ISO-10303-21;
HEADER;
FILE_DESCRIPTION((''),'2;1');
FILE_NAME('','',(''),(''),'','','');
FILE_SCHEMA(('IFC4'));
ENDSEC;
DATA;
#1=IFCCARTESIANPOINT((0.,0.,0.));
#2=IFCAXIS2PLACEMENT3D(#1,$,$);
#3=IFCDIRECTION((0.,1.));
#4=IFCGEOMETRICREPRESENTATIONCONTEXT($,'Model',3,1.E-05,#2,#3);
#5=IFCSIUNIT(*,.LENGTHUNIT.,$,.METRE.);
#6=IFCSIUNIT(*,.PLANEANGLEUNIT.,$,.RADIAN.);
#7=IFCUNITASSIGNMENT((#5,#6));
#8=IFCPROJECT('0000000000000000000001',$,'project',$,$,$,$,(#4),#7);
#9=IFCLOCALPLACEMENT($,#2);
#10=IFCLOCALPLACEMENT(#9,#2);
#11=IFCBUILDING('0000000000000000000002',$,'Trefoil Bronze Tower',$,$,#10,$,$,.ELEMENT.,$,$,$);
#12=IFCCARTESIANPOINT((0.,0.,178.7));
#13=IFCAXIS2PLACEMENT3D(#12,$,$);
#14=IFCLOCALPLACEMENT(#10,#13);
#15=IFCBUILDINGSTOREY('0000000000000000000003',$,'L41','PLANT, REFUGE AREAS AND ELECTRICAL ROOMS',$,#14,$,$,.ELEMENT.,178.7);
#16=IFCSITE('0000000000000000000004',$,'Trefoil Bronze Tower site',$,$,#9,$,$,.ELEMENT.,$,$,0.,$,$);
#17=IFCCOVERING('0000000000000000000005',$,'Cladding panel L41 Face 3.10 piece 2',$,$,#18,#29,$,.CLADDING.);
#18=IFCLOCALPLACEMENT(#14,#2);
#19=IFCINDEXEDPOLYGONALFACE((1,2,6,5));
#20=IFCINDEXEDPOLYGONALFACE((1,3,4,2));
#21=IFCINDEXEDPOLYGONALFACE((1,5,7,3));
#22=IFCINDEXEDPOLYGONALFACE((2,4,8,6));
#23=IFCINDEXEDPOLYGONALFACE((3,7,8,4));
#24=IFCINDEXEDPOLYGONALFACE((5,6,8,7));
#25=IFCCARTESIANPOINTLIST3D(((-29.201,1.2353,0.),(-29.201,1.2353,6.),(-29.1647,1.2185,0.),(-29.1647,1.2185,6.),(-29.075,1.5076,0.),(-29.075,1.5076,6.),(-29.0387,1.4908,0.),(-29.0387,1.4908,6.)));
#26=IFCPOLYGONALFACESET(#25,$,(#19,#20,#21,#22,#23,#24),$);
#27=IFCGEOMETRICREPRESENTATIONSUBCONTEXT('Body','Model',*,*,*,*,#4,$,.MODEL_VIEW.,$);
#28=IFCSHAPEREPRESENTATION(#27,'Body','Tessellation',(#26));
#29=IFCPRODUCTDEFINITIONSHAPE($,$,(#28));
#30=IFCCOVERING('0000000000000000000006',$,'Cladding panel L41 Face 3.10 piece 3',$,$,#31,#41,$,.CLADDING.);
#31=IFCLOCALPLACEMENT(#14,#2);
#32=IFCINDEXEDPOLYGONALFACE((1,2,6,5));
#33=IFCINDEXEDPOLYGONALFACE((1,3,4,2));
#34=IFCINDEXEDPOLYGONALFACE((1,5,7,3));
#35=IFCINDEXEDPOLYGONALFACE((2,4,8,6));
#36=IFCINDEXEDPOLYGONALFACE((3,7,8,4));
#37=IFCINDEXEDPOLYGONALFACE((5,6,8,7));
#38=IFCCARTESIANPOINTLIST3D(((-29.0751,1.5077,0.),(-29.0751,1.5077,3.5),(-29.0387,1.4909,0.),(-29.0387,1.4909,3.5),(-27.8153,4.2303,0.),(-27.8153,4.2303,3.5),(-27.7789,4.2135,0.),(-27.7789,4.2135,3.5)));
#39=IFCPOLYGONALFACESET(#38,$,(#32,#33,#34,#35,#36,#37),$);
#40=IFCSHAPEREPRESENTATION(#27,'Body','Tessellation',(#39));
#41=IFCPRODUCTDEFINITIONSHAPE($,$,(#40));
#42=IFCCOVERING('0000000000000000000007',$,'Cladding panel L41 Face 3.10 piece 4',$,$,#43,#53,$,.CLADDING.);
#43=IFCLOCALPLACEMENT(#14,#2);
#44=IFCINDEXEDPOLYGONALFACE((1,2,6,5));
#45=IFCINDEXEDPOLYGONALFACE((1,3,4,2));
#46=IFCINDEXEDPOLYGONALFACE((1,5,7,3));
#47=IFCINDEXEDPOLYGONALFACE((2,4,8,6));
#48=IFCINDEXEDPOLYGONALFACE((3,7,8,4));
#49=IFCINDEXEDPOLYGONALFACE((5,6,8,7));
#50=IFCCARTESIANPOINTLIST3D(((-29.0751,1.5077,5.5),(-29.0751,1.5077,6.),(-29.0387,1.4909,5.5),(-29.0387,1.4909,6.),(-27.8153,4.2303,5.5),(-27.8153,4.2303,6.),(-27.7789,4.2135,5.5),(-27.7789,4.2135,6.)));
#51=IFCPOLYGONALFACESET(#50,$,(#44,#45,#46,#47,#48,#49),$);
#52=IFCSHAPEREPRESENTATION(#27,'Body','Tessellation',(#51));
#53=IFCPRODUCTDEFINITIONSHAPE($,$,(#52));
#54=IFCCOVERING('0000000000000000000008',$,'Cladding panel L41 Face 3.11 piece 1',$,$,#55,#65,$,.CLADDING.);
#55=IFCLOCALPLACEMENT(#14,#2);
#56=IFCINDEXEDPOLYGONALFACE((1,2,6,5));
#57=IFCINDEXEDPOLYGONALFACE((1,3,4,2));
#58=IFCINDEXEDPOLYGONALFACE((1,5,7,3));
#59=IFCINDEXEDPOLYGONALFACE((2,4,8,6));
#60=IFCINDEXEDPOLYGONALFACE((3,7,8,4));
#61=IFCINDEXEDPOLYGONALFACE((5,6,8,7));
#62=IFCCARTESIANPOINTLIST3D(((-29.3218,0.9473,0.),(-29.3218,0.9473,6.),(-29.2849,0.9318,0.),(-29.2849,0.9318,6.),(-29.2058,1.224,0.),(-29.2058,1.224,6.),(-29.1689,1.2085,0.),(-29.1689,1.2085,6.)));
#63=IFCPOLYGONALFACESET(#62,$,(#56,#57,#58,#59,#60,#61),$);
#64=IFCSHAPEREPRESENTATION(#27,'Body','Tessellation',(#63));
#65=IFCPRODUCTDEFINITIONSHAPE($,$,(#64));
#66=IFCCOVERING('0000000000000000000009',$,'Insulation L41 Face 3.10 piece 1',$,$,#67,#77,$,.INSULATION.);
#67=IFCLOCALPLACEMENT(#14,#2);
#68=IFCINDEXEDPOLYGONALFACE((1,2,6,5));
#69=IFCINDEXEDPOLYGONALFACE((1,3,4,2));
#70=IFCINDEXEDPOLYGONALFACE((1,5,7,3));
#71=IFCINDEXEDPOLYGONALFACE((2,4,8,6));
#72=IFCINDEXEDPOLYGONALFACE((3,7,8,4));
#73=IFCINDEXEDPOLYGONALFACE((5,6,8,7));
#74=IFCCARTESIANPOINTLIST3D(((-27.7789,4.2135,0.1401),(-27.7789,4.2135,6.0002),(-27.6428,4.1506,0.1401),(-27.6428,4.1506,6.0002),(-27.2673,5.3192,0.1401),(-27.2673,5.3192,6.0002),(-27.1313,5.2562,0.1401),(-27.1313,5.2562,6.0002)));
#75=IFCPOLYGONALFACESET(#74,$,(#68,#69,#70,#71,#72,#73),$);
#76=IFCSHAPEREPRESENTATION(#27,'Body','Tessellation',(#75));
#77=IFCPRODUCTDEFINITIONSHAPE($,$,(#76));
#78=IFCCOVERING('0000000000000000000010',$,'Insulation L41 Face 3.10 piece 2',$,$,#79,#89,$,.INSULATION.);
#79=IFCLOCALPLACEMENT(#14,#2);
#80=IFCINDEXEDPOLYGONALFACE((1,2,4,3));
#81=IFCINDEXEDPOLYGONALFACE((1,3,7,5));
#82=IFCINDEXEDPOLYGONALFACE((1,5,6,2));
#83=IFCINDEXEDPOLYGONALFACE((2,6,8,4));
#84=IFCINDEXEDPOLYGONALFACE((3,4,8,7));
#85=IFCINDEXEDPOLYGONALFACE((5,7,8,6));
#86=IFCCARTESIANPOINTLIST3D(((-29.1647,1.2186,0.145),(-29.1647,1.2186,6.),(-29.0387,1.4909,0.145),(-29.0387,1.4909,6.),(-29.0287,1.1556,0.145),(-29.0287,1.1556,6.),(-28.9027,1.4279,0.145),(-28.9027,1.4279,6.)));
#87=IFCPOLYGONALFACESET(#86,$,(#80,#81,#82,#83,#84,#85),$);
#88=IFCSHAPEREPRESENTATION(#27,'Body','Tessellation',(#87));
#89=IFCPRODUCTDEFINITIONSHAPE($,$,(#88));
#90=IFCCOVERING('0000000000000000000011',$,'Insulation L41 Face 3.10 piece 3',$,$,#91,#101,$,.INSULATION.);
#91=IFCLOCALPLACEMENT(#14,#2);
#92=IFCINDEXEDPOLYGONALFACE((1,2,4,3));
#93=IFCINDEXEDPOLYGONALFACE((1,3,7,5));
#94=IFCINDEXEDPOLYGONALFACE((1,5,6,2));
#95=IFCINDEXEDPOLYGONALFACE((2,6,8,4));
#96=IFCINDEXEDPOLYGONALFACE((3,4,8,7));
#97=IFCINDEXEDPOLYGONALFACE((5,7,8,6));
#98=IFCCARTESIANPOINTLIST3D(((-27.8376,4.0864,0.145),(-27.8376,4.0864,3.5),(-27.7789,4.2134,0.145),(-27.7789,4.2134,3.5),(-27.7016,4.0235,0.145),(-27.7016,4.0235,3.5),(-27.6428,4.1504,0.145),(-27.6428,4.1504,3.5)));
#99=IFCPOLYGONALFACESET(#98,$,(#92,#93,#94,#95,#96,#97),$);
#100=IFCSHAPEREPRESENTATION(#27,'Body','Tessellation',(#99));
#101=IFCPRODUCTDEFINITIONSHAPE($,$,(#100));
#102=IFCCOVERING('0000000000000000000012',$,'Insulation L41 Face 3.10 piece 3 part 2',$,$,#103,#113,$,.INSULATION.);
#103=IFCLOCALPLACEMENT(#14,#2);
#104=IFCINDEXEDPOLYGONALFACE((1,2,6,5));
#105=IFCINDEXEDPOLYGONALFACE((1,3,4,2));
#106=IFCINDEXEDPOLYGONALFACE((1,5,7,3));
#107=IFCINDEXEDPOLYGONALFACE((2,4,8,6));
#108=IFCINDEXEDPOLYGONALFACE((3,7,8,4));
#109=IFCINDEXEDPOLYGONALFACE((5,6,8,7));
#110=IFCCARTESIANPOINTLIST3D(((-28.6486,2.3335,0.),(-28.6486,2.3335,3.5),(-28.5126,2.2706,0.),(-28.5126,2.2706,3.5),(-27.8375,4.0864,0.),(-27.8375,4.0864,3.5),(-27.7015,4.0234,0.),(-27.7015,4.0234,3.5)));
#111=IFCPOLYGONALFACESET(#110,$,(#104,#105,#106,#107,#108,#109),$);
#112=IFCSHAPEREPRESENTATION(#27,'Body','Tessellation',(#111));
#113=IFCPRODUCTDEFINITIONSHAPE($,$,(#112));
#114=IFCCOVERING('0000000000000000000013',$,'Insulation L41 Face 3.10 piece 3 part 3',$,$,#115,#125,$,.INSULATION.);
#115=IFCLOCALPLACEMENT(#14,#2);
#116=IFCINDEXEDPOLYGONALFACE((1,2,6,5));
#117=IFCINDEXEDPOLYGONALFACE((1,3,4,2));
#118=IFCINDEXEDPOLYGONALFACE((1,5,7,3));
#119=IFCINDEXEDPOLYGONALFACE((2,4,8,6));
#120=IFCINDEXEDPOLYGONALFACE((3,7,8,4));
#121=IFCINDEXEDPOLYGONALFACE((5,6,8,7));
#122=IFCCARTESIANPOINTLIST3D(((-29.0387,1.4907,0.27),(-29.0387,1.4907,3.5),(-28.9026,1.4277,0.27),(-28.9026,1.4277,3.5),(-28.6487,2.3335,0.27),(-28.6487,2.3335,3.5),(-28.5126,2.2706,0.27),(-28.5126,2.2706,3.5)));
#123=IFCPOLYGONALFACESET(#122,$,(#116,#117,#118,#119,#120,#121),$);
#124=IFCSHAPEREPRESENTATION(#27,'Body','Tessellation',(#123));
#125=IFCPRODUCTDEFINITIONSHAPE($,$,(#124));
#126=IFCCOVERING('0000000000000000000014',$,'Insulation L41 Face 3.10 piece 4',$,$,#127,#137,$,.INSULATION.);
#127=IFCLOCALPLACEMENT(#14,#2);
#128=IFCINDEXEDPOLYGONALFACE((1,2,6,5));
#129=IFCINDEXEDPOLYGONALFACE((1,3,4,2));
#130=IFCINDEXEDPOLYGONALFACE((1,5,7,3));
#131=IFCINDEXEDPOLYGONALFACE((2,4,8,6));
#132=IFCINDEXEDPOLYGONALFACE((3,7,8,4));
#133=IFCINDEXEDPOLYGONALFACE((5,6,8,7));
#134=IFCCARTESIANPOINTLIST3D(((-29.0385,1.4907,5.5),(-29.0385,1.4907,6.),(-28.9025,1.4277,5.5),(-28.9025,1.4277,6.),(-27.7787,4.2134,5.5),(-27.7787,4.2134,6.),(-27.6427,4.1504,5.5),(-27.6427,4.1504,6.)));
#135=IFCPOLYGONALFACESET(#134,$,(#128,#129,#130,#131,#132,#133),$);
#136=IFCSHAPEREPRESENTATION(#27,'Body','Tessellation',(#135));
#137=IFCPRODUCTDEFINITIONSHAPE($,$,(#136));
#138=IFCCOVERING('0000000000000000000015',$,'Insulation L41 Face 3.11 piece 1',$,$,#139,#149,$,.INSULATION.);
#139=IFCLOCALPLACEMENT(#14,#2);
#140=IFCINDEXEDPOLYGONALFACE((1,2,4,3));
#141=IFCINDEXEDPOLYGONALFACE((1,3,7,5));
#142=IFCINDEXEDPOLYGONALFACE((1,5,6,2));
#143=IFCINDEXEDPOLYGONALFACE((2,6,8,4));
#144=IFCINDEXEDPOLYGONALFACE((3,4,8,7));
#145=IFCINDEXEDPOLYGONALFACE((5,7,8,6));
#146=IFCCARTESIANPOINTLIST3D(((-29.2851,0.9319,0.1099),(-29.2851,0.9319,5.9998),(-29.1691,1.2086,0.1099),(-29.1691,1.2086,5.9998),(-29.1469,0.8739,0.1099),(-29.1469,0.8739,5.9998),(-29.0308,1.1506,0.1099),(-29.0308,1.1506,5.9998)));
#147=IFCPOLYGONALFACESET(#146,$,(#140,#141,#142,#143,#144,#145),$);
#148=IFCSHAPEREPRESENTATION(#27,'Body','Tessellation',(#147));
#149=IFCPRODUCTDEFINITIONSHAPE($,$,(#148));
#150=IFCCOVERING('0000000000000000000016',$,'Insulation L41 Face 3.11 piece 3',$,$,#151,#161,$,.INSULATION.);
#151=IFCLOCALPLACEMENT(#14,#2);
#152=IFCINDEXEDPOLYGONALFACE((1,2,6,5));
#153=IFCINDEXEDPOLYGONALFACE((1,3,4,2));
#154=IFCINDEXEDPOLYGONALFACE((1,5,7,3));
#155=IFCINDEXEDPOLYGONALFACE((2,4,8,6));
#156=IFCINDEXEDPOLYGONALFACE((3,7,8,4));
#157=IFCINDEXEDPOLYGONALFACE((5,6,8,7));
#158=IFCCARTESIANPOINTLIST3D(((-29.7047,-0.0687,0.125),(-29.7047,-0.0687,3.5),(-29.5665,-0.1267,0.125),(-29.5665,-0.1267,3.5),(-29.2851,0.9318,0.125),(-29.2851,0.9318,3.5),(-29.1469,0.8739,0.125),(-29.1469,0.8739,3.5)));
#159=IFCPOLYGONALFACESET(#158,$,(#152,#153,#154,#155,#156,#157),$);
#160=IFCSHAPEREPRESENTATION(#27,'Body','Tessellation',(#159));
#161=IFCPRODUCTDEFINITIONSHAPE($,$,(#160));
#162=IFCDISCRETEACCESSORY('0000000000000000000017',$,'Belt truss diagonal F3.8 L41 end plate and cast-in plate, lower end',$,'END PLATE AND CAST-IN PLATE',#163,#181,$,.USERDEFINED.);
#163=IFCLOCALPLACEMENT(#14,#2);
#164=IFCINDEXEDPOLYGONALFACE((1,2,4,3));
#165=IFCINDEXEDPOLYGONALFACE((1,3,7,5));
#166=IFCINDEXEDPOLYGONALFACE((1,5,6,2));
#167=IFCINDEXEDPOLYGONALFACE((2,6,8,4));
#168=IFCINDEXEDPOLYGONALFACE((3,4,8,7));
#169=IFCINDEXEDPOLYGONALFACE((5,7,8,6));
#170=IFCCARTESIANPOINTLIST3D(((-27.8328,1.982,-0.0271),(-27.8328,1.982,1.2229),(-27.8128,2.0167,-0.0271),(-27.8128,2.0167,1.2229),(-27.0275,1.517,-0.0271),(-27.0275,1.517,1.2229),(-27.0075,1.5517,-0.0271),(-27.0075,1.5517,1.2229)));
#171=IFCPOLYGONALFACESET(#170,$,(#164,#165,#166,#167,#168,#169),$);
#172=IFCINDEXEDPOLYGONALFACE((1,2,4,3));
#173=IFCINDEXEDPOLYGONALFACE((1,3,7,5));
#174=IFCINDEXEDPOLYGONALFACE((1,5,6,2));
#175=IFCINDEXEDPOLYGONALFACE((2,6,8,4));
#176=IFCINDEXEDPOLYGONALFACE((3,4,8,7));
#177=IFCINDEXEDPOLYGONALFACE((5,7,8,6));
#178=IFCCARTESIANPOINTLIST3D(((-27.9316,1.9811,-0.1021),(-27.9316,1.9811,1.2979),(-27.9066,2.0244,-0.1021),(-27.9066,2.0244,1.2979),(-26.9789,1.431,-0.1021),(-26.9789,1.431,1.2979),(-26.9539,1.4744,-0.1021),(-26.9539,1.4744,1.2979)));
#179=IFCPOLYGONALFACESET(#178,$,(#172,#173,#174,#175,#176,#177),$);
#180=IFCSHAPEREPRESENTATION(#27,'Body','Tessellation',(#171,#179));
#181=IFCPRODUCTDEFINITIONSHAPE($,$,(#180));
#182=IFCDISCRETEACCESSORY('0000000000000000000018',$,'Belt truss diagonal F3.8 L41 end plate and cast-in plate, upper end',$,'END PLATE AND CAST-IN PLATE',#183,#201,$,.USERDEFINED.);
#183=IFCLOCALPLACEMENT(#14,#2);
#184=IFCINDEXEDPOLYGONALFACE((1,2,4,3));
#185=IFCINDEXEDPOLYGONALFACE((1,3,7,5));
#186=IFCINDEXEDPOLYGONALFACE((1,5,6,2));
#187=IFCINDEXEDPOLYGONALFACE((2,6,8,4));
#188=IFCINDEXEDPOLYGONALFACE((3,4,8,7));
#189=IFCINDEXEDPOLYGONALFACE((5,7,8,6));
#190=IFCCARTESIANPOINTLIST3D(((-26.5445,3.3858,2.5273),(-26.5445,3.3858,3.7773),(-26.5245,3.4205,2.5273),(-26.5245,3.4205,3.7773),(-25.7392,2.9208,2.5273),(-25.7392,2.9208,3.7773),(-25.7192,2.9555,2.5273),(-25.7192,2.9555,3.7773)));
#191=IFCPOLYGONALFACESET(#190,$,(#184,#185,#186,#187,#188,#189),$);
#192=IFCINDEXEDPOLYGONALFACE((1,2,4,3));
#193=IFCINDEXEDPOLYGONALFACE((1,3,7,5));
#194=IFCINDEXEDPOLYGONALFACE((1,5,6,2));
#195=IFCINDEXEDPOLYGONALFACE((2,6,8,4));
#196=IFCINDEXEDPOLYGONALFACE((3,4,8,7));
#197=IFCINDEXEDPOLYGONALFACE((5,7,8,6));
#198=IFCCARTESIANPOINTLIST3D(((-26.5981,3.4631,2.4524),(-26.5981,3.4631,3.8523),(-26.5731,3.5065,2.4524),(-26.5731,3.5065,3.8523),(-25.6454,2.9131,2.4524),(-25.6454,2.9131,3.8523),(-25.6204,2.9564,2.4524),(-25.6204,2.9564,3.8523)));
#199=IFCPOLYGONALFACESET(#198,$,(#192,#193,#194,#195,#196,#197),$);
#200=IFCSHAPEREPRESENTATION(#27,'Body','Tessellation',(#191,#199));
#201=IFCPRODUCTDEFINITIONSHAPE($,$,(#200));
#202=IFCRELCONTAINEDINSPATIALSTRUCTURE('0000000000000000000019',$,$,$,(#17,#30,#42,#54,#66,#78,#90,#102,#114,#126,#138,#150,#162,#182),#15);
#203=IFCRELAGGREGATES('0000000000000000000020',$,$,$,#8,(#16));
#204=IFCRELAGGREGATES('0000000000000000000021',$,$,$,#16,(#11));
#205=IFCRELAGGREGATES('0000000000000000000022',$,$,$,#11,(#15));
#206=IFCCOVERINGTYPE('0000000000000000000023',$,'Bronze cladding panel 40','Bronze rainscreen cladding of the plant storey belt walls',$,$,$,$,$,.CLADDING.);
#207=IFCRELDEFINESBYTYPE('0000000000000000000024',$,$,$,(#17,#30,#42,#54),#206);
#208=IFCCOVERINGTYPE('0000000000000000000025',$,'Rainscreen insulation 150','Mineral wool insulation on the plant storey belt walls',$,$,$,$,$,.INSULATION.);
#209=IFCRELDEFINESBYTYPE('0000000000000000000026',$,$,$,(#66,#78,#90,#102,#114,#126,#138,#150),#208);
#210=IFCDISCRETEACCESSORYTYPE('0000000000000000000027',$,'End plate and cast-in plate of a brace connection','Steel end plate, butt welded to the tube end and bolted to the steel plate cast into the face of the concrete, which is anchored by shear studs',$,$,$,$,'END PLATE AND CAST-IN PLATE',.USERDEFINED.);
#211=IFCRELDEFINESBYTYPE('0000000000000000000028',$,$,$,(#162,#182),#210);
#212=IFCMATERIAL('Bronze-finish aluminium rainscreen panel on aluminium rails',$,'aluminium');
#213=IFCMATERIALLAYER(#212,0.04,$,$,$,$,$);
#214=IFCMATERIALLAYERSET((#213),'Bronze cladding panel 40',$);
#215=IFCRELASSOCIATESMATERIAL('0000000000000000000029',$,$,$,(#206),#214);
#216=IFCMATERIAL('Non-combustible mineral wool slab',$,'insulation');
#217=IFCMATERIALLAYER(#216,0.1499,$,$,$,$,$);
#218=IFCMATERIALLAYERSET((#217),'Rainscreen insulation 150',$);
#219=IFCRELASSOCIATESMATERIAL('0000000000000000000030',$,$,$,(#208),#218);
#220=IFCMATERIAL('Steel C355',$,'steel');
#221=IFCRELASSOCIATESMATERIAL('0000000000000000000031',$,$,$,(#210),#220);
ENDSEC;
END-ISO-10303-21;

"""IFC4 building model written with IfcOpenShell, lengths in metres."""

from ifc_helpers import new_model, si_unit, direction, frame, origin, origin_2d, place, context, subcontext, project, spatial, rectangle, extrude, material, layer, layer_set, type_object, element, save


model = new_model("IFC4")

# Units and contexts
model_context = context("Model", 3, precision=1e-05, world=origin(), true_north=direction((0.0, 1.0)))
body_context = subcontext(model_context, "Body", "Model", "MODEL_VIEW")
ifc_project = project(units=[si_unit("LENGTHUNIT", "METRE"), si_unit("PLANEANGLEUNIT", "RADIAN")], contexts=[model_context])

# Site, building, storey
site_placement = place(None, origin())
site = spatial("IfcSite", under=ifc_project, at=site_placement, Name="Trefoil Bronze Tower site", CompositionType="ELEMENT", RefElevation=0.0)
building_placement = place(site_placement, origin())
building = spatial("IfcBuilding", under=site, at=building_placement, Name="Trefoil Bronze Tower", CompositionType="ELEMENT")
storey_placement = place(building_placement, frame((0.0, 0.0, 178.7)))
storey = spatial("IfcBuildingStorey", under=building, at=storey_placement, Name="L41", Description="PLANT, REFUGE AREAS AND ELECTRICAL ROOMS", CompositionType="ELEMENT", Elevation=178.7)

# Coverings
ifc_material_1 = material(Name="Bronze-finish aluminium rainscreen panel on aluminium rails", Category="aluminium")
ifc_layer_1 = layer(ifc_material_1, 0.04)
ifc_layer_set_1 = layer_set([ifc_layer_1], Name="Bronze cladding panel 40")
covering_type_1 = type_object("IfcCoveringType", Name="Bronze cladding panel 40", Description="Bronze rainscreen cladding of the plant storey belt walls", PredefinedType="CLADDING", material=ifc_layer_set_1)
covering_1_placement = place(storey_placement, frame((-29.1199, 1.363, 0.0), z_axis=(0.0, 0.0, 1.0), x_axis=(-0.419933, -0.907555, 0.0)))
element("IfcCovering", 1, at=covering_1_placement, inside=storey, type_object=covering_type_1, Name="Cladding panel L41 Face 3.10 piece 2", PredefinedType="CLADDING", context=body_context, shape_type="SweptSolid", body=[
    extrude(rectangle(XDim=0.3, YDim=0.04, at=origin_2d()), origin(), (0.0, 0.0, 1.0), 6.0),
])
covering_2_placement = place(storey_placement, frame((-28.427, 2.8606, 0.0), z_axis=(0.0, 0.0, 1.0), x_axis=(-0.419933, -0.907555, 0.0)))
element("IfcCovering", 2, at=covering_2_placement, inside=storey, type_object=covering_type_1, Name="Cladding panel L41 Face 3.10 piece 3", PredefinedType="CLADDING", context=body_context, shape_type="SweptSolid", body=[
    extrude(rectangle(XDim=3.0, YDim=0.04, at=origin_2d()), origin(), (0.0, 0.0, 1.0), 3.5),
])
covering_3_placement = place(storey_placement, frame((-28.427, 2.8606, 5.5), z_axis=(0.0, 0.0, 1.0), x_axis=(-0.419933, -0.907555, 0.0)))
element("IfcCovering", 3, at=covering_3_placement, inside=storey, type_object=covering_type_1, Name="Cladding panel L41 Face 3.10 piece 4", PredefinedType="CLADDING", context=body_context, shape_type="SweptSolid", body=[
    extrude(rectangle(XDim=3.0, YDim=0.04, at=origin_2d()), origin(), (0.0, 0.0, 1.0), 0.5),
])
covering_4_placement = place(storey_placement, frame((-29.2454, 1.0779, 0.0), z_axis=(0.0, 0.0, 1.0), x_axis=(-0.386759, -0.922181, 0.0)))
element("IfcCovering", 4, at=covering_4_placement, inside=storey, type_object=covering_type_1, Name="Cladding panel L41 Face 3.11 piece 1", PredefinedType="CLADDING", context=body_context, shape_type="SweptSolid", body=[
    extrude(rectangle(XDim=0.3, YDim=0.04, at=origin_2d()), origin(), (0.0, 0.0, 1.0), 6.0),
])
ifc_material_2 = material(Name="Non-combustible mineral wool slab", Category="insulation")
ifc_layer_2 = layer(ifc_material_2, 0.1499)
ifc_layer_set_2 = layer_set([ifc_layer_2], Name="Rainscreen insulation 150")
covering_type_2 = type_object("IfcCoveringType", Name="Rainscreen insulation 150", Description="Mineral wool insulation on the plant storey belt walls", PredefinedType="INSULATION", material=ifc_layer_set_2)
covering_5_placement = place(storey_placement, frame((-27.4551, 4.7349, 0.1401), z_axis=(0.0, 0.0, 1.0), x_axis=(-0.419933, -0.907555, 0.0)))
element("IfcCovering", 5, at=covering_5_placement, inside=storey, type_object=covering_type_2, Name="Insulation L41 Face 3.10 piece 1", PredefinedType="INSULATION", context=body_context, shape_type="SweptSolid", body=[
    extrude(rectangle(XDim=1.2183, YDim=0.1499, at=origin_2d()), origin(), (0.0, 0.0, 1.0), 5.8601),
])
covering_6_placement = place(storey_placement, frame((-29.0337, 1.3232, 0.145), z_axis=(0.0, 0.0, 1.0), x_axis=(-0.419933, -0.907555, 0.0)))
element("IfcCovering", 6, at=covering_6_placement, inside=storey, type_object=covering_type_2, Name="Insulation L41 Face 3.10 piece 2", PredefinedType="INSULATION", context=body_context, shape_type="SweptSolid", body=[
    extrude(rectangle(XDim=0.3, YDim=0.1499, at=origin_2d()), origin(), (0.0, 0.0, 1.0), 5.855),
])
covering_7_placement = place(storey_placement, frame((-27.7402, 4.1184, 0.145), z_axis=(0.0, 0.0, 1.0), x_axis=(-0.419933, -0.907555, 0.0)))
element("IfcCovering", 7, at=covering_7_placement, inside=storey, type_object=covering_type_2, Name="Insulation L41 Face 3.10 piece 3", PredefinedType="INSULATION", context=body_context, shape_type="SweptSolid", body=[
    extrude(rectangle(XDim=0.1399, YDim=0.1499, at=origin_2d()), origin(), (0.0, 0.0, 1.0), 3.355),
])
covering_8_placement = place(storey_placement, frame((-28.175, 3.1785, 0.0), z_axis=(0.0, 0.0, 1.0), x_axis=(-0.419933, -0.907555, 0.0)))
element("IfcCovering", 8, at=covering_8_placement, inside=storey, type_object=covering_type_2, Name="Insulation L41 Face 3.10 piece 3 part 2", PredefinedType="INSULATION", context=body_context, shape_type="SweptSolid", body=[
    extrude(rectangle(XDim=1.9314, YDim=0.1499, at=origin_2d()), origin(), (0.0, 0.0, 1.0), 3.5),
])
covering_9_placement = place(storey_placement, frame((-28.7756, 1.8806, 0.27), z_axis=(0.0, 0.0, 1.0), x_axis=(-0.419933, -0.907555, 0.0)))
element("IfcCovering", 9, at=covering_9_placement, inside=storey, type_object=covering_type_2, Name="Insulation L41 Face 3.10 piece 3 part 3", PredefinedType="INSULATION", context=body_context, shape_type="SweptSolid", body=[
    extrude(rectangle(XDim=0.9287, YDim=0.1499, at=origin_2d()), origin(), (0.0, 0.0, 1.0), 3.23),
])
covering_10_placement = place(storey_placement, frame((-28.3406, 2.8206, 5.5), z_axis=(0.0, 0.0, 1.0), x_axis=(-0.419933, -0.907555, 0.0)))
element("IfcCovering", 10, at=covering_10_placement, inside=storey, type_object=covering_type_2, Name="Insulation L41 Face 3.10 piece 4", PredefinedType="INSULATION", context=body_context, shape_type="SweptSolid", body=[
    extrude(rectangle(XDim=3.0, YDim=0.1499, at=origin_2d()), origin(), (0.0, 0.0, 1.0), 0.5),
])
covering_11_placement = place(storey_placement, frame((-29.158, 1.0413, 0.1099), z_axis=(0.0, 0.0, 1.0), x_axis=(-0.386759, -0.922181, 0.0)))
element("IfcCovering", 11, at=covering_11_placement, inside=storey, type_object=covering_type_2, Name="Insulation L41 Face 3.11 piece 1", PredefinedType="INSULATION", context=body_context, shape_type="SweptSolid", body=[
    extrude(rectangle(XDim=0.3, YDim=0.1499, at=origin_2d()), origin(), (0.0, 0.0, 1.0), 5.8899),
])
covering_12_placement = place(storey_placement, frame((-29.4258, 0.4026, 0.125), z_axis=(0.0, 0.0, 1.0), x_axis=(-0.386759, -0.922181, 0.0)))
element("IfcCovering", 12, at=covering_12_placement, inside=storey, type_object=covering_type_2, Name="Insulation L41 Face 3.11 piece 3", PredefinedType="INSULATION", context=body_context, shape_type="SweptSolid", body=[
    extrude(rectangle(XDim=1.085, YDim=0.1499, at=origin_2d()), origin(), (0.0, 0.0, 1.0), 3.375),
])

# Discrete accessories
ifc_material_3 = material(Name="Steel C355", Category="steel")
discrete_accessory_type = type_object("IfcDiscreteAccessoryType", Name="End plate and cast-in plate of a brace connection", Description="Steel end plate, butt welded to the tube end and bolted to the steel plate cast into the face of the concrete, which is anchored by shear studs", ElementType="END PLATE AND CAST-IN PLATE", PredefinedType="USERDEFINED", material=ifc_material_3)
for number, where, z_axis, x_axis, name in (
    (13, (-27.4302, 1.7495, 0.5979), (0.0, 0.0, 1.0), (0.5, 0.866025, 0.0), "Belt truss diagonal F3.8 L41 end plate and cast-in plate, lower end"),
    (14, (-26.1218, 3.188, 3.1523), (0.0, 0.0, 1.0), (-0.5, -0.866025, 0.0), "Belt truss diagonal F3.8 L41 end plate and cast-in plate, upper end"),
):
    element("IfcDiscreteAccessory", number, at=place(storey_placement, frame(where, z_axis=z_axis, x_axis=x_axis)), inside=storey, type_object=discrete_accessory_type, Name=name, ObjectType="END PLATE AND CAST-IN PLATE", PredefinedType="USERDEFINED", context=body_context, shape_type="SweptSolid", body=[
        extrude(rectangle(XDim=0.04, YDim=0.9299, at=origin_2d()), frame((0.02, 0.0, -0.625)), (0.0, 0.0, 1.0), 1.25),
        extrude(rectangle(XDim=0.05, YDim=1.1001, at=origin_2d()), frame((-0.0251, 0.0, -0.7)), (0.0, 0.0, 1.0), 1.3999),
    ])

save(model, "model.ifc")
